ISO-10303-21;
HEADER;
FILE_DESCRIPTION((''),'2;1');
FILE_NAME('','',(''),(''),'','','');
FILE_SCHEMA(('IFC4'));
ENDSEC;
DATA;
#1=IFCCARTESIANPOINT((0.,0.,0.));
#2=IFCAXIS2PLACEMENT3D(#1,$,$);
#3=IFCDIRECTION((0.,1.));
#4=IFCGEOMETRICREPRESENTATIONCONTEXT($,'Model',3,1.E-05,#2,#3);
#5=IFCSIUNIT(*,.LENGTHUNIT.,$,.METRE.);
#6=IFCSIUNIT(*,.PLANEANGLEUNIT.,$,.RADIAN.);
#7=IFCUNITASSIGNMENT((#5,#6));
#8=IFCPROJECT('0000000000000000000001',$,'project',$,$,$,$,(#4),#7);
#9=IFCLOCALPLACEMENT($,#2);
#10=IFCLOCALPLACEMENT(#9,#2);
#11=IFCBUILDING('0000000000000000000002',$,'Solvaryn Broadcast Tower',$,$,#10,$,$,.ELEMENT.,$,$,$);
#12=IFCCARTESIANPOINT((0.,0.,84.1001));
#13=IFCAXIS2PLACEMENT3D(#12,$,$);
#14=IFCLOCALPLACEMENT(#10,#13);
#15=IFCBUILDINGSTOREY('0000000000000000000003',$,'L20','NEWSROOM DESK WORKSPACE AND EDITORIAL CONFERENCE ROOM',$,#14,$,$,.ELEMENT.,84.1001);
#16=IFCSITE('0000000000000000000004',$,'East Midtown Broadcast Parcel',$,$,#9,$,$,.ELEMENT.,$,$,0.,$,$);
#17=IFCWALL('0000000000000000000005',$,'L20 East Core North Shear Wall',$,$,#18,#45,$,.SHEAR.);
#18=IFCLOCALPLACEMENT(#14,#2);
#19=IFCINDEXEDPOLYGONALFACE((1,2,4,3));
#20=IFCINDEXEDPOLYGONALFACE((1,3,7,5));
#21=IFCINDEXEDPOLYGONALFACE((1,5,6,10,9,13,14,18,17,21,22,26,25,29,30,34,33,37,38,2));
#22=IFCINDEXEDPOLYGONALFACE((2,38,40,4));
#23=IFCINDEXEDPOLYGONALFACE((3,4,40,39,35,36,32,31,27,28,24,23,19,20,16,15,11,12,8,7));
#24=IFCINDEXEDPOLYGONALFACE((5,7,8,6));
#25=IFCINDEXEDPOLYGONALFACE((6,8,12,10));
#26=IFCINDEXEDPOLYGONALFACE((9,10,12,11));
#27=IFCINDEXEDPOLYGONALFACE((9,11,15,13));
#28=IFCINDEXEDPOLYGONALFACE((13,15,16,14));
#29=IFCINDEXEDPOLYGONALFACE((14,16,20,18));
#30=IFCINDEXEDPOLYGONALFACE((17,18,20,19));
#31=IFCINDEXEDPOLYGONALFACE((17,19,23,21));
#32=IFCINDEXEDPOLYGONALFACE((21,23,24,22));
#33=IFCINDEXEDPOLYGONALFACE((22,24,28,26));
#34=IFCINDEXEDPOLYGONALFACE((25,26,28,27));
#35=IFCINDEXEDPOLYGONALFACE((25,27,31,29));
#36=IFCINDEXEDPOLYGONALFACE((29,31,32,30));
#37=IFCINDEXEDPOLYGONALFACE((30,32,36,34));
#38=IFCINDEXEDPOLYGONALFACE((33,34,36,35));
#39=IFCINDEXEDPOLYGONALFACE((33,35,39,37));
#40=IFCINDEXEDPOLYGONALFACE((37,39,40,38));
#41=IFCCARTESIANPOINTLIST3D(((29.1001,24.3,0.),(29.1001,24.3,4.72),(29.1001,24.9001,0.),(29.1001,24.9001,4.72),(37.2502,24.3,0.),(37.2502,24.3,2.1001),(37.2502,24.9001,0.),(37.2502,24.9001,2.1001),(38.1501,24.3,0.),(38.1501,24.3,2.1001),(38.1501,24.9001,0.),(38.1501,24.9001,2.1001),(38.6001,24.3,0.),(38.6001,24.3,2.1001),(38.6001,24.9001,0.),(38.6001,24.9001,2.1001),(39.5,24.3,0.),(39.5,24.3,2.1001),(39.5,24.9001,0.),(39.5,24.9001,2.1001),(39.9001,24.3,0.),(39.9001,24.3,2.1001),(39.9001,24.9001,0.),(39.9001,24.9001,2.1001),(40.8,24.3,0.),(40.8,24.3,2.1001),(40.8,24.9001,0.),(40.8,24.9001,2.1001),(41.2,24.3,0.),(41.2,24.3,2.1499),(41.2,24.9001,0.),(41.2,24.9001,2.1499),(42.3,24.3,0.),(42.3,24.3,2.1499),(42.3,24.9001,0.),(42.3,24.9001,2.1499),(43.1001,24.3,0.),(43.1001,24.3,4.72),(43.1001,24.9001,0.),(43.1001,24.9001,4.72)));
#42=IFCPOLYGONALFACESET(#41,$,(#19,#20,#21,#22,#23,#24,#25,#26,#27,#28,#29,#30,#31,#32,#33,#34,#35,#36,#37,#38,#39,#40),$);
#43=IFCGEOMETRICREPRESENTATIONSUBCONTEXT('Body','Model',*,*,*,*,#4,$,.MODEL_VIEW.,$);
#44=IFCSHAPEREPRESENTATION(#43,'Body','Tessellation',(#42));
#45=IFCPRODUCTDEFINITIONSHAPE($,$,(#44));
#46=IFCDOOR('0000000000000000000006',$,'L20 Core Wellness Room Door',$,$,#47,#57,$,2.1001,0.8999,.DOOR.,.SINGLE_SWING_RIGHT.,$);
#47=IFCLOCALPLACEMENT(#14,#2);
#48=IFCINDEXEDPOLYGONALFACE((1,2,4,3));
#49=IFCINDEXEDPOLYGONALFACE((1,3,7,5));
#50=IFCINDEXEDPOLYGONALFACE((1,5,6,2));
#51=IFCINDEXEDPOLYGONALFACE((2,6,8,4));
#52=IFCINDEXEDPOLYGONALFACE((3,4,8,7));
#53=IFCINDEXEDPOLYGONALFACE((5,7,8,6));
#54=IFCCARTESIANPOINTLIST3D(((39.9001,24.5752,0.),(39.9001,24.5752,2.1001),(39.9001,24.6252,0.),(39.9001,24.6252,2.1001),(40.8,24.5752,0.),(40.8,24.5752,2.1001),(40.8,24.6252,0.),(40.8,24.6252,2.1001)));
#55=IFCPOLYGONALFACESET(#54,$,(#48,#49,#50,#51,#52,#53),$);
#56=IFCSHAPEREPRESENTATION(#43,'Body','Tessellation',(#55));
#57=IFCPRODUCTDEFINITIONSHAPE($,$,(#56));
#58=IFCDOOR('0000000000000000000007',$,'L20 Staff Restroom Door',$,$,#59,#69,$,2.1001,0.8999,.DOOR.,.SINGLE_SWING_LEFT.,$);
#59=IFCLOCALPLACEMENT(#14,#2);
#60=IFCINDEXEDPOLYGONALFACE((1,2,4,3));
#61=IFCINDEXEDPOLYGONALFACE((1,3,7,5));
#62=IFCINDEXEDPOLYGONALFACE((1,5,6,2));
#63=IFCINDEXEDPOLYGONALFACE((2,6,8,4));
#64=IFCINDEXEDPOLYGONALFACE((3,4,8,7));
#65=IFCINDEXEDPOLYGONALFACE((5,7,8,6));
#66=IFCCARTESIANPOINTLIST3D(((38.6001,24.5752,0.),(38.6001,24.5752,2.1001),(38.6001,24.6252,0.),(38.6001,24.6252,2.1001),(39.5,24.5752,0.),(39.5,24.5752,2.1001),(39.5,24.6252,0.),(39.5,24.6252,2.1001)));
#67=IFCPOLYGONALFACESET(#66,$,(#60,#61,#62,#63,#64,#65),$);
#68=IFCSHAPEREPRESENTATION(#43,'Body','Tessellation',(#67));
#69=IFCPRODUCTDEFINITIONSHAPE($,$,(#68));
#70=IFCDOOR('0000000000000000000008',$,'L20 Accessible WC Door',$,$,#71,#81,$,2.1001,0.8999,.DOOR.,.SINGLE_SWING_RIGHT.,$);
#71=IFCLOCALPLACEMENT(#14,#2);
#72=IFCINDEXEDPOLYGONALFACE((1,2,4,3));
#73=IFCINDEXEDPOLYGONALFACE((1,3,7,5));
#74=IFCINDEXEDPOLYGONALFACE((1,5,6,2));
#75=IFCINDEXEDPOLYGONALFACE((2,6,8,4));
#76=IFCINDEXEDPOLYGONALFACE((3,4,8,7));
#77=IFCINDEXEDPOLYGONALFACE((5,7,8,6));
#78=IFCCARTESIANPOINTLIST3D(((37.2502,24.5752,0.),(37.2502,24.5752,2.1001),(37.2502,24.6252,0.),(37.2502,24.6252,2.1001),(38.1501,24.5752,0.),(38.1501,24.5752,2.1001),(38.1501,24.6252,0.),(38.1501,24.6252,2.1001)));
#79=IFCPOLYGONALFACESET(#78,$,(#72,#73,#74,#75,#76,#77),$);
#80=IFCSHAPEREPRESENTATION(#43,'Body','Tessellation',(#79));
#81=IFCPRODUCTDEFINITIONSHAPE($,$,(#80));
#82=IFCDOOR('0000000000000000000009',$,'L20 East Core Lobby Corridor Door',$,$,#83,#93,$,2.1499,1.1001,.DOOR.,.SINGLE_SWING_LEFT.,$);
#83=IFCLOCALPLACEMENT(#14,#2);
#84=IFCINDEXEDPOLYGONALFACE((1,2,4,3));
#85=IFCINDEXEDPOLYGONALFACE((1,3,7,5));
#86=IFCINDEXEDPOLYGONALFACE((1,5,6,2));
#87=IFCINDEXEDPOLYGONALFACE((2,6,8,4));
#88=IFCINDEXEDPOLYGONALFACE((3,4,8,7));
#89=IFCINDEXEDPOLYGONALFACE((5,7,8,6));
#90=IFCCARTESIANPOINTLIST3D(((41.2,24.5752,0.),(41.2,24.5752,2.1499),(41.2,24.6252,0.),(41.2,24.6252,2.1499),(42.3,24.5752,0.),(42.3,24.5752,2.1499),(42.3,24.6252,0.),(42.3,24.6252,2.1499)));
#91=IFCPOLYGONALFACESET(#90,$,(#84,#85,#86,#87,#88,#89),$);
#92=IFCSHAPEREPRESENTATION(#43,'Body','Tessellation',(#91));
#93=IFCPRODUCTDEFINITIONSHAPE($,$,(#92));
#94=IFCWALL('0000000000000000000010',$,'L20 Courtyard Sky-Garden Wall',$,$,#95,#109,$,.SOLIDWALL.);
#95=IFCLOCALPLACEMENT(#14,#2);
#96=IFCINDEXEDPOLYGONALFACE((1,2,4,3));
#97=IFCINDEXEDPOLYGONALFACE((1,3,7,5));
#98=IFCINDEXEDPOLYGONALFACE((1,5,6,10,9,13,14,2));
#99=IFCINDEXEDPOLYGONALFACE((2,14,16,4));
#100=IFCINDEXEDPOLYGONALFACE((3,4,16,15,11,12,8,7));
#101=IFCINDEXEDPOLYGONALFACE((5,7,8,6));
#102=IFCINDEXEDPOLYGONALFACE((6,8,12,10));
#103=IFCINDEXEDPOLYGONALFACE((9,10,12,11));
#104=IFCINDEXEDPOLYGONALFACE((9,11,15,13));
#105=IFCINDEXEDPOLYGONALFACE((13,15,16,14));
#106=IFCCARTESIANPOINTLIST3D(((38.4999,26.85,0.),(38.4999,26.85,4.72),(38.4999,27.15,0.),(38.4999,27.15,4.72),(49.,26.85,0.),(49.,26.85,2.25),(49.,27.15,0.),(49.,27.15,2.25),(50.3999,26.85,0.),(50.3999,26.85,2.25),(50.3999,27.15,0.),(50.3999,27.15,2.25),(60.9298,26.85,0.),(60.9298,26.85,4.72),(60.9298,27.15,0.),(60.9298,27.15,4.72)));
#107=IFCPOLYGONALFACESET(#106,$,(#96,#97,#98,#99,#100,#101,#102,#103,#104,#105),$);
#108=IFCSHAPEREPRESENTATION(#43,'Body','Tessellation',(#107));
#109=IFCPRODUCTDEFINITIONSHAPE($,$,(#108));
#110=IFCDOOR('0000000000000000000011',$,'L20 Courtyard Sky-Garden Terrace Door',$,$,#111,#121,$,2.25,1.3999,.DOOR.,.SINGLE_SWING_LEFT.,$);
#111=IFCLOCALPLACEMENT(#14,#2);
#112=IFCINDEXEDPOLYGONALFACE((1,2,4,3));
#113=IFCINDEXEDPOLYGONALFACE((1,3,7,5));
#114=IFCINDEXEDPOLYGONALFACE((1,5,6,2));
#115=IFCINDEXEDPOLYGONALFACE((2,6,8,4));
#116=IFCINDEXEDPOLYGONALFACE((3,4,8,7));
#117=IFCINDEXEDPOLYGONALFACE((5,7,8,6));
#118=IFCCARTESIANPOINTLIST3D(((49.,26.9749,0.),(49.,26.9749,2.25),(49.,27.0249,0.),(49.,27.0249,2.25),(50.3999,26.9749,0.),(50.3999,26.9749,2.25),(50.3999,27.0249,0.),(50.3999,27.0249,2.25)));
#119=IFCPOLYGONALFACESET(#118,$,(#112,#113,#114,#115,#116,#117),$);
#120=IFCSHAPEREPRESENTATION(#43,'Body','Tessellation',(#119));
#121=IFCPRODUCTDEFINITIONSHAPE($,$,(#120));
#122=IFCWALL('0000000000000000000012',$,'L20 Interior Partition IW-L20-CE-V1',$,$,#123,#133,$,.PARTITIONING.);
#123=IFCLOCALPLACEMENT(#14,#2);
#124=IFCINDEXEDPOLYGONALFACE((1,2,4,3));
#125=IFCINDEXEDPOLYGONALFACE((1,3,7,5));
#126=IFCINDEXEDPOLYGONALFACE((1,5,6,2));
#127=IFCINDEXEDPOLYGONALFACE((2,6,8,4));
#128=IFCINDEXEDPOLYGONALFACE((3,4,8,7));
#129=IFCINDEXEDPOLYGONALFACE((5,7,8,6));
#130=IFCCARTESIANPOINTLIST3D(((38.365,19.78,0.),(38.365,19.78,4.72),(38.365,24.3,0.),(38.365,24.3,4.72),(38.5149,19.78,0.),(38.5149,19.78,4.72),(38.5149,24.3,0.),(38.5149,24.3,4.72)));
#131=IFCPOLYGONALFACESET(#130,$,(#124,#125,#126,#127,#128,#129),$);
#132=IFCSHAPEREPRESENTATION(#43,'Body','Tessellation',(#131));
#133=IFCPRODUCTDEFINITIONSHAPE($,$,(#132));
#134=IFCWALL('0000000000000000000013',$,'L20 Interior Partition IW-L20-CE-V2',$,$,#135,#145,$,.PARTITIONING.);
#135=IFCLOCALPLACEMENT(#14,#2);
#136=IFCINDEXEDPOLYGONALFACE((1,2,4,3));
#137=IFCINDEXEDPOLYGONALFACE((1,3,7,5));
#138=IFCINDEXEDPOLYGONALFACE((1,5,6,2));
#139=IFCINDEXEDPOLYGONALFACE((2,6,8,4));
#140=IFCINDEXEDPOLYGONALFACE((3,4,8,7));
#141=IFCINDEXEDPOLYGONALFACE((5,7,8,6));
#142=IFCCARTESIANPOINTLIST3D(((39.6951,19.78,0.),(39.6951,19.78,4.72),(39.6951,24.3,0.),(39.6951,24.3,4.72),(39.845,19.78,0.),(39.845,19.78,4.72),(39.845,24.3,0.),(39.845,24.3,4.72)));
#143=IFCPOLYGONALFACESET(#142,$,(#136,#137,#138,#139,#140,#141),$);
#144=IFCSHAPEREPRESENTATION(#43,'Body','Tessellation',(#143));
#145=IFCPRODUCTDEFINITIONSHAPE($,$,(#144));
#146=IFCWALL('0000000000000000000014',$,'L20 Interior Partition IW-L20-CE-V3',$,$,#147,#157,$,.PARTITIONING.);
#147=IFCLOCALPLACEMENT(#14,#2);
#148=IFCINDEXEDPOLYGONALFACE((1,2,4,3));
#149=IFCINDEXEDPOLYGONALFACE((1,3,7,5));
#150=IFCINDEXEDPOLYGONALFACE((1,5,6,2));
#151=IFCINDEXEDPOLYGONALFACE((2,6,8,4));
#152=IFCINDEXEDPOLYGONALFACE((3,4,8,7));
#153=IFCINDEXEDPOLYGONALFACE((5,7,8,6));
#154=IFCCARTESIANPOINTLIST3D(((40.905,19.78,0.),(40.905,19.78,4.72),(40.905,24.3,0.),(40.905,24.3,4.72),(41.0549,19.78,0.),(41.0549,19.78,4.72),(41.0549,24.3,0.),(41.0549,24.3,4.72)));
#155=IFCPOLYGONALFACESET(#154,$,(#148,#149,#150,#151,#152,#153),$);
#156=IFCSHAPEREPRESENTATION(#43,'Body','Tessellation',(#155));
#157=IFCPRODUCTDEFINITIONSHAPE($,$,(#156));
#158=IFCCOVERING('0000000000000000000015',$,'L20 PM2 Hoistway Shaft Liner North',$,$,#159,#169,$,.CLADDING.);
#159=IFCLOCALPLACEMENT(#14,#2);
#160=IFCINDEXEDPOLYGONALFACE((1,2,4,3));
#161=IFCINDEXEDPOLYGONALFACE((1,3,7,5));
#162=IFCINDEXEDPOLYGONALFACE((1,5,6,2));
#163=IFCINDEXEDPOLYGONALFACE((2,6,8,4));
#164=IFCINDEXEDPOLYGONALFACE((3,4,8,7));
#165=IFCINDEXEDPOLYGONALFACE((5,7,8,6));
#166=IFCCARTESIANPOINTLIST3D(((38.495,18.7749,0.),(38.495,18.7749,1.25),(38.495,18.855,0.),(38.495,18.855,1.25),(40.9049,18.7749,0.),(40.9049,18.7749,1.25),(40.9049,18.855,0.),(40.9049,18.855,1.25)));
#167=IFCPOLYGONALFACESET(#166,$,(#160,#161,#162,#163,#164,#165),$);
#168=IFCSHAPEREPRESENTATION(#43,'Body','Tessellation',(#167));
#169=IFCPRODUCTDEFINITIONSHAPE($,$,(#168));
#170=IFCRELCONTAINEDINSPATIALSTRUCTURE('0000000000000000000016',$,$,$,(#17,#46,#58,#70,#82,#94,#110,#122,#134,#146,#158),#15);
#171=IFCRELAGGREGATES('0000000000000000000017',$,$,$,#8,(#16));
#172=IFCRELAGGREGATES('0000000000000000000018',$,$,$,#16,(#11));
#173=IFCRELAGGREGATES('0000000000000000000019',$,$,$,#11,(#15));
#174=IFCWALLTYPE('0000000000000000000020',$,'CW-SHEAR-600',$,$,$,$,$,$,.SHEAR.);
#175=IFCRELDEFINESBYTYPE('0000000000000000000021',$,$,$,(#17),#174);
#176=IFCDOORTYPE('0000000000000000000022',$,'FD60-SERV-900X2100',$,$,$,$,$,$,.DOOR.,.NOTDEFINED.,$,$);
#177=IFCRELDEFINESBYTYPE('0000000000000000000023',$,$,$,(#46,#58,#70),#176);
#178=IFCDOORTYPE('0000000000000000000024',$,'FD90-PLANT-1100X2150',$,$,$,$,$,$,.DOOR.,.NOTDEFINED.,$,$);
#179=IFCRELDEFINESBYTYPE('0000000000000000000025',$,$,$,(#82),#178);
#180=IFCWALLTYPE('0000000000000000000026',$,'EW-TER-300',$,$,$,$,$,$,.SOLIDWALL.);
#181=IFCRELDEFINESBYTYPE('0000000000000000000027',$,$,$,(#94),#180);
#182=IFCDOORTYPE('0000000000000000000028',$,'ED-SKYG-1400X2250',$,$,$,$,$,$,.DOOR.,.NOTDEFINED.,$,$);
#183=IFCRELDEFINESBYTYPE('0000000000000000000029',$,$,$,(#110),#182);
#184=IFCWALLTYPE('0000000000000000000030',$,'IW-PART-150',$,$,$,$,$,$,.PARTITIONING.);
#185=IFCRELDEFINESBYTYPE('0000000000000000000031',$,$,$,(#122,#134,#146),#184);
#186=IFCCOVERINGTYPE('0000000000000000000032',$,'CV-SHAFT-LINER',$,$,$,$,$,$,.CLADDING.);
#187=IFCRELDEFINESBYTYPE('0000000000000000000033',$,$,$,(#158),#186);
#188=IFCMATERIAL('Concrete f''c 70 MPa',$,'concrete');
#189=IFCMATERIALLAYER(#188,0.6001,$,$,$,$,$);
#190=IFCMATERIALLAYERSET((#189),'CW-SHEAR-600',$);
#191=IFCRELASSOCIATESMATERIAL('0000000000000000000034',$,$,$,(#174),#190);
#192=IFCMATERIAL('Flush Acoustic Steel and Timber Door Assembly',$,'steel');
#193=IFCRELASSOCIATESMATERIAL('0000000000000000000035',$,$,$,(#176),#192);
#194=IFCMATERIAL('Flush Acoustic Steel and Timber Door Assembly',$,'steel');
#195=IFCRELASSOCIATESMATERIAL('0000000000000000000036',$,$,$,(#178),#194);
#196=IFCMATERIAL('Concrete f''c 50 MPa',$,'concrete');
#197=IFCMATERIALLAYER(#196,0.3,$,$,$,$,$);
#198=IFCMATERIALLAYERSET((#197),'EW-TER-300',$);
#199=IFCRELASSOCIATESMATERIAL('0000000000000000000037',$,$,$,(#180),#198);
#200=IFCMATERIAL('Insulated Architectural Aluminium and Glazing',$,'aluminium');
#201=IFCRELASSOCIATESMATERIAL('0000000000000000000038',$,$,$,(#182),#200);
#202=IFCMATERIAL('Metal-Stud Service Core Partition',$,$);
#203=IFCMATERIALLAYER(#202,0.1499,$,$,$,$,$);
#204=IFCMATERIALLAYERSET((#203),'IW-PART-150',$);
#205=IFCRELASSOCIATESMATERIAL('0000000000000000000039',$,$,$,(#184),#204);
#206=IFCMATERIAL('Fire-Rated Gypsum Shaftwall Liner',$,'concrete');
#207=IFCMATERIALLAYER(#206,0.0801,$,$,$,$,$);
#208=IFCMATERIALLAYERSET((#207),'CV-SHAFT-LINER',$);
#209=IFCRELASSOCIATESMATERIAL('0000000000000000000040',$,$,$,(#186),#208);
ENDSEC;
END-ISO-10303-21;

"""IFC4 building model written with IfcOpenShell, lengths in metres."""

from ifc_helpers import new_model, si_unit, direction, frame, frame_2d, origin, origin_2d, place, context, subcontext, project, spatial, rectangle, extrude, material, layer, layer_set, type_object, element, fill, save


model = new_model("IFC4")

# Units and contexts
model_context = context("Model", 3, precision=1e-05, world=origin(), true_north=direction((0.0, 1.0)))
body_context = subcontext(model_context, "Body", "Model", "MODEL_VIEW")
ifc_project = project(units=[si_unit("LENGTHUNIT", "METRE"), si_unit("PLANEANGLEUNIT", "RADIAN")], contexts=[model_context])

# Site, building, storey
site_placement = place(None, origin())
site = spatial("IfcSite", under=ifc_project, at=site_placement, Name="East Midtown Broadcast Parcel", CompositionType="ELEMENT", RefElevation=0.0)
building_placement = place(site_placement, origin())
building = spatial("IfcBuilding", under=site, at=building_placement, Name="Solvaryn Broadcast Tower", CompositionType="ELEMENT")
storey_placement = place(building_placement, frame((0.0, 0.0, 84.1001)))
storey = spatial("IfcBuildingStorey", under=building, at=storey_placement, Name="L20", Description="NEWSROOM DESK WORKSPACE AND EDITORIAL CONFERENCE ROOM", CompositionType="ELEMENT", Elevation=84.1001)

# Wall, openings, doors
ifc_material_1 = material(Name="Concrete f'c 70 MPa", Category="concrete")
ifc_layer_1 = layer(ifc_material_1, 0.6001)
ifc_layer_set_1 = layer_set([ifc_layer_1], Name="CW-SHEAR-600")
wall_type_1 = type_object("IfcWallType", Name="CW-SHEAR-600", PredefinedType="SHEAR", material=ifc_layer_set_1)
wall_1_placement = place(storey_placement, frame((43.1001, 24.6001, 0.0), z_axis=(0.0, 0.0, 1.0), x_axis=(-1.0, 0.0, 0.0)))
wall_1 = element("IfcWall", 1, at=wall_1_placement, inside=storey, type_object=wall_type_1, Name="L20 East Core North Shear Wall", PredefinedType="SHEAR", context=body_context, shape_type="SweptSolid", body=[
    extrude(rectangle(XDim=14.0, YDim=0.6001, at=frame_2d((7.0, 0.0))), origin(), (0.0, 0.0, 1.0), 4.72),
])
opening_1_placement = place(wall_1_placement, frame((0.8, 0.0, 0.0)))
opening_1 = element("IfcOpeningElement", 2, at=opening_1_placement, cuts=wall_1, PredefinedType="OPENING", context=body_context, shape_type="SweptSolid", body=[
    extrude(rectangle(XDim=1.1001, YDim=2.1499, at=frame_2d((0.55, 1.075))), frame((0.0, 0.3101, 0.0), z_axis=(0.0, -1.0, 0.0), x_axis=(1.0, 0.0, 0.0)), (0.0, 0.0, 1.0), 0.6201),
])
opening_2_placement = place(wall_1_placement, frame((2.3, 0.0, 0.0)))
opening_2 = element("IfcOpeningElement", 3, at=opening_2_placement, cuts=wall_1, PredefinedType="OPENING", context=body_context, shape_type="SweptSolid", body=[
    extrude(rectangle(XDim=0.8999, YDim=2.1001, at=frame_2d((0.45, 1.05))), frame((0.0, 0.3101, 0.0), z_axis=(0.0, -1.0, 0.0), x_axis=(1.0, 0.0, 0.0)), (0.0, 0.0, 1.0), 0.6201),
])
opening_3_placement = place(wall_1_placement, frame((3.6001, 0.0, 0.0)))
opening_3 = element("IfcOpeningElement", 4, at=opening_3_placement, cuts=wall_1, PredefinedType="OPENING", context=body_context, shape_type="SweptSolid", body=[
    extrude(rectangle(XDim=0.8999, YDim=2.1001, at=frame_2d((0.45, 1.05))), frame((0.0, 0.3101, 0.0), z_axis=(0.0, -1.0, 0.0), x_axis=(1.0, 0.0, 0.0)), (0.0, 0.0, 1.0), 0.6201),
])
opening_4_placement = place(wall_1_placement, frame((4.95, 0.0, 0.0)))
opening_4 = element("IfcOpeningElement", 5, at=opening_4_placement, cuts=wall_1, PredefinedType="OPENING", context=body_context, shape_type="SweptSolid", body=[
    extrude(rectangle(XDim=0.8999, YDim=2.1001, at=frame_2d((0.45, 1.05))), frame((0.0, 0.3101, 0.0), z_axis=(0.0, -1.0, 0.0), x_axis=(1.0, 0.0, 0.0)), (0.0, 0.0, 1.0), 0.6201),
])
ifc_material_2 = material(Name="Flush Acoustic Steel and Timber Door Assembly", Category="steel")
door_type_1 = type_object("IfcDoorType", Name="FD60-SERV-900X2100", OperationType="NOTDEFINED", PredefinedType="DOOR", material=ifc_material_2)
door_1_placement = place(opening_2_placement, origin())
door_1 = element("IfcDoor", 6, at=door_1_placement, inside=storey, type_object=door_type_1, Name="L20 Core Wellness Room Door", OperationType="SINGLE_SWING_RIGHT", OverallHeight=2.1001, OverallWidth=0.8999, PredefinedType="DOOR", context=body_context, shape_type="SweptSolid", body=[
    extrude(rectangle(XDim=0.8999, YDim=2.1001, at=frame_2d((0.45, 1.05))), frame((0.0, 0.0249, 0.0), z_axis=(0.0, -1.0, 0.0), x_axis=(1.0, 0.0, 0.0)), (0.0, 0.0, 1.0), 0.05),
])
fill(opening_2, door_1)
door_2_placement = place(opening_3_placement, origin())
door_2 = element("IfcDoor", 7, at=door_2_placement, inside=storey, type_object=door_type_1, Name="L20 Staff Restroom Door", OperationType="SINGLE_SWING_LEFT", OverallHeight=2.1001, OverallWidth=0.8999, PredefinedType="DOOR", context=body_context, shape_type="SweptSolid", body=[
    extrude(rectangle(XDim=0.8999, YDim=2.1001, at=frame_2d((0.45, 1.05))), frame((0.0, 0.0249, 0.0), z_axis=(0.0, -1.0, 0.0), x_axis=(1.0, 0.0, 0.0)), (0.0, 0.0, 1.0), 0.05),
])
fill(opening_3, door_2)
door_3_placement = place(opening_4_placement, origin())
door_3 = element("IfcDoor", 8, at=door_3_placement, inside=storey, type_object=door_type_1, Name="L20 Accessible WC Door", OperationType="SINGLE_SWING_RIGHT", OverallHeight=2.1001, OverallWidth=0.8999, PredefinedType="DOOR", context=body_context, shape_type="SweptSolid", body=[
    extrude(rectangle(XDim=0.8999, YDim=2.1001, at=frame_2d((0.45, 1.05))), frame((0.0, 0.0249, 0.0), z_axis=(0.0, -1.0, 0.0), x_axis=(1.0, 0.0, 0.0)), (0.0, 0.0, 1.0), 0.05),
])
fill(opening_4, door_3)
ifc_material_3 = material(Name="Flush Acoustic Steel and Timber Door Assembly", Category="steel")
door_type_2 = type_object("IfcDoorType", Name="FD90-PLANT-1100X2150", OperationType="NOTDEFINED", PredefinedType="DOOR", material=ifc_material_3)
door_4_placement = place(opening_1_placement, origin())
door_4 = element("IfcDoor", 9, at=door_4_placement, inside=storey, type_object=door_type_2, Name="L20 East Core Lobby Corridor Door", OperationType="SINGLE_SWING_LEFT", OverallHeight=2.1499, OverallWidth=1.1001, PredefinedType="DOOR", context=body_context, shape_type="SweptSolid", body=[
    extrude(rectangle(XDim=1.1001, YDim=2.1499, at=frame_2d((0.55, 1.075))), frame((0.0, 0.0249, 0.0), z_axis=(0.0, -1.0, 0.0), x_axis=(1.0, 0.0, 0.0)), (0.0, 0.0, 1.0), 0.05),
])
fill(opening_1, door_4)

# Wall, opening, door
ifc_material_4 = material(Name="Concrete f'c 50 MPa", Category="concrete")
ifc_layer_2 = layer(ifc_material_4, 0.3)
ifc_layer_set_2 = layer_set([ifc_layer_2], Name="EW-TER-300")
wall_type_2 = type_object("IfcWallType", Name="EW-TER-300", PredefinedType="SOLIDWALL", material=ifc_layer_set_2)
wall_2_placement = place(storey_placement, frame((38.5, 27.0, 0.0), z_axis=(0.0, 0.0, 1.0), x_axis=(1.0, 0.0, 0.0)))
wall_2 = element("IfcWall", 10, at=wall_2_placement, inside=storey, type_object=wall_type_2, Name="L20 Courtyard Sky-Garden Wall", PredefinedType="SOLIDWALL", context=body_context, shape_type="SweptSolid", body=[
    extrude(rectangle(XDim=22.4299, YDim=0.3, at=frame_2d((11.2148, 0.0))), origin(), (0.0, 0.0, 1.0), 4.72),
])
opening_5_placement = place(wall_2_placement, frame((10.5, 0.0, 0.0)))
opening_5 = element("IfcOpeningElement", 11, at=opening_5_placement, cuts=wall_2, PredefinedType="OPENING", context=body_context, shape_type="SweptSolid", body=[
    extrude(rectangle(XDim=1.3999, YDim=2.25, at=frame_2d((0.7, 1.125))), frame((0.0, 0.1599, 0.0), z_axis=(0.0, -1.0, 0.0), x_axis=(1.0, 0.0, 0.0)), (0.0, 0.0, 1.0), 0.3201),
])
ifc_material_5 = material(Name="Insulated Architectural Aluminium and Glazing", Category="aluminium")
door_type_3 = type_object("IfcDoorType", Name="ED-SKYG-1400X2250", OperationType="NOTDEFINED", PredefinedType="DOOR", material=ifc_material_5)
door_5_placement = place(opening_5_placement, origin())
door_5 = element("IfcDoor", 12, at=door_5_placement, inside=storey, type_object=door_type_3, Name="L20 Courtyard Sky-Garden Terrace Door", OperationType="SINGLE_SWING_LEFT", OverallHeight=2.25, OverallWidth=1.3999, PredefinedType="DOOR", context=body_context, shape_type="SweptSolid", body=[
    extrude(rectangle(XDim=1.3999, YDim=2.25, at=frame_2d((0.7, 1.125))), frame((0.0, 0.0249, 0.0), z_axis=(0.0, -1.0, 0.0), x_axis=(1.0, 0.0, 0.0)), (0.0, 0.0, 1.0), 0.05),
])
fill(opening_5, door_5)

# Walls
ifc_material_6 = material(Name="Metal-Stud Service Core Partition")
ifc_layer_3 = layer(ifc_material_6, 0.1499)
ifc_layer_set_3 = layer_set([ifc_layer_3], Name="IW-PART-150")
wall_type_3 = type_object("IfcWallType", Name="IW-PART-150", PredefinedType="PARTITIONING", material=ifc_layer_set_3)
for number, where, z_axis, x_axis, name in (
    (13, (38.4399, 19.78, 0.0), (0.0, 0.0, 1.0), (0.0, 1.0, 0.0), "L20 Interior Partition IW-L20-CE-V1"),
    (14, (39.77, 19.78, 0.0), (0.0, 0.0, 1.0), (0.0, 1.0, 0.0), "L20 Interior Partition IW-L20-CE-V2"),
    (15, (40.98, 19.78, 0.0), (0.0, 0.0, 1.0), (0.0, 1.0, 0.0), "L20 Interior Partition IW-L20-CE-V3"),
):
    element("IfcWall", number, at=place(storey_placement, frame(where, z_axis=z_axis, x_axis=x_axis)), inside=storey, type_object=wall_type_3, Name=name, PredefinedType="PARTITIONING", context=body_context, shape_type="SweptSolid", body=[
        extrude(rectangle(XDim=4.52, YDim=0.1499, at=frame_2d((2.26, 0.0))), origin(), (0.0, 0.0, 1.0), 4.72),
    ])

# Covering
ifc_material_7 = material(Name="Fire-Rated Gypsum Shaftwall Liner", Category="concrete")
ifc_layer_4 = layer(ifc_material_7, 0.0801)
ifc_layer_set_4 = layer_set([ifc_layer_4], Name="CV-SHAFT-LINER")
covering_type_1 = type_object("IfcCoveringType", Name="CV-SHAFT-LINER", PredefinedType="CLADDING", material=ifc_layer_set_4)
covering_1_placement = place(storey_placement, frame((39.7, 18.8149, 0.0), z_axis=(0.0, 0.0, 1.0), x_axis=(1.0, 0.0, 0.0)))
element("IfcCovering", 16, at=covering_1_placement, inside=storey, type_object=covering_type_1, Name="L20 PM2 Hoistway Shaft Liner North", PredefinedType="CLADDING", context=body_context, shape_type="SweptSolid", body=[
    extrude(rectangle(XDim=2.4099, YDim=0.0801, at=origin_2d()), origin(), (0.0, 0.0, 1.0), 1.25),
])

save(model, "model.ifc")
